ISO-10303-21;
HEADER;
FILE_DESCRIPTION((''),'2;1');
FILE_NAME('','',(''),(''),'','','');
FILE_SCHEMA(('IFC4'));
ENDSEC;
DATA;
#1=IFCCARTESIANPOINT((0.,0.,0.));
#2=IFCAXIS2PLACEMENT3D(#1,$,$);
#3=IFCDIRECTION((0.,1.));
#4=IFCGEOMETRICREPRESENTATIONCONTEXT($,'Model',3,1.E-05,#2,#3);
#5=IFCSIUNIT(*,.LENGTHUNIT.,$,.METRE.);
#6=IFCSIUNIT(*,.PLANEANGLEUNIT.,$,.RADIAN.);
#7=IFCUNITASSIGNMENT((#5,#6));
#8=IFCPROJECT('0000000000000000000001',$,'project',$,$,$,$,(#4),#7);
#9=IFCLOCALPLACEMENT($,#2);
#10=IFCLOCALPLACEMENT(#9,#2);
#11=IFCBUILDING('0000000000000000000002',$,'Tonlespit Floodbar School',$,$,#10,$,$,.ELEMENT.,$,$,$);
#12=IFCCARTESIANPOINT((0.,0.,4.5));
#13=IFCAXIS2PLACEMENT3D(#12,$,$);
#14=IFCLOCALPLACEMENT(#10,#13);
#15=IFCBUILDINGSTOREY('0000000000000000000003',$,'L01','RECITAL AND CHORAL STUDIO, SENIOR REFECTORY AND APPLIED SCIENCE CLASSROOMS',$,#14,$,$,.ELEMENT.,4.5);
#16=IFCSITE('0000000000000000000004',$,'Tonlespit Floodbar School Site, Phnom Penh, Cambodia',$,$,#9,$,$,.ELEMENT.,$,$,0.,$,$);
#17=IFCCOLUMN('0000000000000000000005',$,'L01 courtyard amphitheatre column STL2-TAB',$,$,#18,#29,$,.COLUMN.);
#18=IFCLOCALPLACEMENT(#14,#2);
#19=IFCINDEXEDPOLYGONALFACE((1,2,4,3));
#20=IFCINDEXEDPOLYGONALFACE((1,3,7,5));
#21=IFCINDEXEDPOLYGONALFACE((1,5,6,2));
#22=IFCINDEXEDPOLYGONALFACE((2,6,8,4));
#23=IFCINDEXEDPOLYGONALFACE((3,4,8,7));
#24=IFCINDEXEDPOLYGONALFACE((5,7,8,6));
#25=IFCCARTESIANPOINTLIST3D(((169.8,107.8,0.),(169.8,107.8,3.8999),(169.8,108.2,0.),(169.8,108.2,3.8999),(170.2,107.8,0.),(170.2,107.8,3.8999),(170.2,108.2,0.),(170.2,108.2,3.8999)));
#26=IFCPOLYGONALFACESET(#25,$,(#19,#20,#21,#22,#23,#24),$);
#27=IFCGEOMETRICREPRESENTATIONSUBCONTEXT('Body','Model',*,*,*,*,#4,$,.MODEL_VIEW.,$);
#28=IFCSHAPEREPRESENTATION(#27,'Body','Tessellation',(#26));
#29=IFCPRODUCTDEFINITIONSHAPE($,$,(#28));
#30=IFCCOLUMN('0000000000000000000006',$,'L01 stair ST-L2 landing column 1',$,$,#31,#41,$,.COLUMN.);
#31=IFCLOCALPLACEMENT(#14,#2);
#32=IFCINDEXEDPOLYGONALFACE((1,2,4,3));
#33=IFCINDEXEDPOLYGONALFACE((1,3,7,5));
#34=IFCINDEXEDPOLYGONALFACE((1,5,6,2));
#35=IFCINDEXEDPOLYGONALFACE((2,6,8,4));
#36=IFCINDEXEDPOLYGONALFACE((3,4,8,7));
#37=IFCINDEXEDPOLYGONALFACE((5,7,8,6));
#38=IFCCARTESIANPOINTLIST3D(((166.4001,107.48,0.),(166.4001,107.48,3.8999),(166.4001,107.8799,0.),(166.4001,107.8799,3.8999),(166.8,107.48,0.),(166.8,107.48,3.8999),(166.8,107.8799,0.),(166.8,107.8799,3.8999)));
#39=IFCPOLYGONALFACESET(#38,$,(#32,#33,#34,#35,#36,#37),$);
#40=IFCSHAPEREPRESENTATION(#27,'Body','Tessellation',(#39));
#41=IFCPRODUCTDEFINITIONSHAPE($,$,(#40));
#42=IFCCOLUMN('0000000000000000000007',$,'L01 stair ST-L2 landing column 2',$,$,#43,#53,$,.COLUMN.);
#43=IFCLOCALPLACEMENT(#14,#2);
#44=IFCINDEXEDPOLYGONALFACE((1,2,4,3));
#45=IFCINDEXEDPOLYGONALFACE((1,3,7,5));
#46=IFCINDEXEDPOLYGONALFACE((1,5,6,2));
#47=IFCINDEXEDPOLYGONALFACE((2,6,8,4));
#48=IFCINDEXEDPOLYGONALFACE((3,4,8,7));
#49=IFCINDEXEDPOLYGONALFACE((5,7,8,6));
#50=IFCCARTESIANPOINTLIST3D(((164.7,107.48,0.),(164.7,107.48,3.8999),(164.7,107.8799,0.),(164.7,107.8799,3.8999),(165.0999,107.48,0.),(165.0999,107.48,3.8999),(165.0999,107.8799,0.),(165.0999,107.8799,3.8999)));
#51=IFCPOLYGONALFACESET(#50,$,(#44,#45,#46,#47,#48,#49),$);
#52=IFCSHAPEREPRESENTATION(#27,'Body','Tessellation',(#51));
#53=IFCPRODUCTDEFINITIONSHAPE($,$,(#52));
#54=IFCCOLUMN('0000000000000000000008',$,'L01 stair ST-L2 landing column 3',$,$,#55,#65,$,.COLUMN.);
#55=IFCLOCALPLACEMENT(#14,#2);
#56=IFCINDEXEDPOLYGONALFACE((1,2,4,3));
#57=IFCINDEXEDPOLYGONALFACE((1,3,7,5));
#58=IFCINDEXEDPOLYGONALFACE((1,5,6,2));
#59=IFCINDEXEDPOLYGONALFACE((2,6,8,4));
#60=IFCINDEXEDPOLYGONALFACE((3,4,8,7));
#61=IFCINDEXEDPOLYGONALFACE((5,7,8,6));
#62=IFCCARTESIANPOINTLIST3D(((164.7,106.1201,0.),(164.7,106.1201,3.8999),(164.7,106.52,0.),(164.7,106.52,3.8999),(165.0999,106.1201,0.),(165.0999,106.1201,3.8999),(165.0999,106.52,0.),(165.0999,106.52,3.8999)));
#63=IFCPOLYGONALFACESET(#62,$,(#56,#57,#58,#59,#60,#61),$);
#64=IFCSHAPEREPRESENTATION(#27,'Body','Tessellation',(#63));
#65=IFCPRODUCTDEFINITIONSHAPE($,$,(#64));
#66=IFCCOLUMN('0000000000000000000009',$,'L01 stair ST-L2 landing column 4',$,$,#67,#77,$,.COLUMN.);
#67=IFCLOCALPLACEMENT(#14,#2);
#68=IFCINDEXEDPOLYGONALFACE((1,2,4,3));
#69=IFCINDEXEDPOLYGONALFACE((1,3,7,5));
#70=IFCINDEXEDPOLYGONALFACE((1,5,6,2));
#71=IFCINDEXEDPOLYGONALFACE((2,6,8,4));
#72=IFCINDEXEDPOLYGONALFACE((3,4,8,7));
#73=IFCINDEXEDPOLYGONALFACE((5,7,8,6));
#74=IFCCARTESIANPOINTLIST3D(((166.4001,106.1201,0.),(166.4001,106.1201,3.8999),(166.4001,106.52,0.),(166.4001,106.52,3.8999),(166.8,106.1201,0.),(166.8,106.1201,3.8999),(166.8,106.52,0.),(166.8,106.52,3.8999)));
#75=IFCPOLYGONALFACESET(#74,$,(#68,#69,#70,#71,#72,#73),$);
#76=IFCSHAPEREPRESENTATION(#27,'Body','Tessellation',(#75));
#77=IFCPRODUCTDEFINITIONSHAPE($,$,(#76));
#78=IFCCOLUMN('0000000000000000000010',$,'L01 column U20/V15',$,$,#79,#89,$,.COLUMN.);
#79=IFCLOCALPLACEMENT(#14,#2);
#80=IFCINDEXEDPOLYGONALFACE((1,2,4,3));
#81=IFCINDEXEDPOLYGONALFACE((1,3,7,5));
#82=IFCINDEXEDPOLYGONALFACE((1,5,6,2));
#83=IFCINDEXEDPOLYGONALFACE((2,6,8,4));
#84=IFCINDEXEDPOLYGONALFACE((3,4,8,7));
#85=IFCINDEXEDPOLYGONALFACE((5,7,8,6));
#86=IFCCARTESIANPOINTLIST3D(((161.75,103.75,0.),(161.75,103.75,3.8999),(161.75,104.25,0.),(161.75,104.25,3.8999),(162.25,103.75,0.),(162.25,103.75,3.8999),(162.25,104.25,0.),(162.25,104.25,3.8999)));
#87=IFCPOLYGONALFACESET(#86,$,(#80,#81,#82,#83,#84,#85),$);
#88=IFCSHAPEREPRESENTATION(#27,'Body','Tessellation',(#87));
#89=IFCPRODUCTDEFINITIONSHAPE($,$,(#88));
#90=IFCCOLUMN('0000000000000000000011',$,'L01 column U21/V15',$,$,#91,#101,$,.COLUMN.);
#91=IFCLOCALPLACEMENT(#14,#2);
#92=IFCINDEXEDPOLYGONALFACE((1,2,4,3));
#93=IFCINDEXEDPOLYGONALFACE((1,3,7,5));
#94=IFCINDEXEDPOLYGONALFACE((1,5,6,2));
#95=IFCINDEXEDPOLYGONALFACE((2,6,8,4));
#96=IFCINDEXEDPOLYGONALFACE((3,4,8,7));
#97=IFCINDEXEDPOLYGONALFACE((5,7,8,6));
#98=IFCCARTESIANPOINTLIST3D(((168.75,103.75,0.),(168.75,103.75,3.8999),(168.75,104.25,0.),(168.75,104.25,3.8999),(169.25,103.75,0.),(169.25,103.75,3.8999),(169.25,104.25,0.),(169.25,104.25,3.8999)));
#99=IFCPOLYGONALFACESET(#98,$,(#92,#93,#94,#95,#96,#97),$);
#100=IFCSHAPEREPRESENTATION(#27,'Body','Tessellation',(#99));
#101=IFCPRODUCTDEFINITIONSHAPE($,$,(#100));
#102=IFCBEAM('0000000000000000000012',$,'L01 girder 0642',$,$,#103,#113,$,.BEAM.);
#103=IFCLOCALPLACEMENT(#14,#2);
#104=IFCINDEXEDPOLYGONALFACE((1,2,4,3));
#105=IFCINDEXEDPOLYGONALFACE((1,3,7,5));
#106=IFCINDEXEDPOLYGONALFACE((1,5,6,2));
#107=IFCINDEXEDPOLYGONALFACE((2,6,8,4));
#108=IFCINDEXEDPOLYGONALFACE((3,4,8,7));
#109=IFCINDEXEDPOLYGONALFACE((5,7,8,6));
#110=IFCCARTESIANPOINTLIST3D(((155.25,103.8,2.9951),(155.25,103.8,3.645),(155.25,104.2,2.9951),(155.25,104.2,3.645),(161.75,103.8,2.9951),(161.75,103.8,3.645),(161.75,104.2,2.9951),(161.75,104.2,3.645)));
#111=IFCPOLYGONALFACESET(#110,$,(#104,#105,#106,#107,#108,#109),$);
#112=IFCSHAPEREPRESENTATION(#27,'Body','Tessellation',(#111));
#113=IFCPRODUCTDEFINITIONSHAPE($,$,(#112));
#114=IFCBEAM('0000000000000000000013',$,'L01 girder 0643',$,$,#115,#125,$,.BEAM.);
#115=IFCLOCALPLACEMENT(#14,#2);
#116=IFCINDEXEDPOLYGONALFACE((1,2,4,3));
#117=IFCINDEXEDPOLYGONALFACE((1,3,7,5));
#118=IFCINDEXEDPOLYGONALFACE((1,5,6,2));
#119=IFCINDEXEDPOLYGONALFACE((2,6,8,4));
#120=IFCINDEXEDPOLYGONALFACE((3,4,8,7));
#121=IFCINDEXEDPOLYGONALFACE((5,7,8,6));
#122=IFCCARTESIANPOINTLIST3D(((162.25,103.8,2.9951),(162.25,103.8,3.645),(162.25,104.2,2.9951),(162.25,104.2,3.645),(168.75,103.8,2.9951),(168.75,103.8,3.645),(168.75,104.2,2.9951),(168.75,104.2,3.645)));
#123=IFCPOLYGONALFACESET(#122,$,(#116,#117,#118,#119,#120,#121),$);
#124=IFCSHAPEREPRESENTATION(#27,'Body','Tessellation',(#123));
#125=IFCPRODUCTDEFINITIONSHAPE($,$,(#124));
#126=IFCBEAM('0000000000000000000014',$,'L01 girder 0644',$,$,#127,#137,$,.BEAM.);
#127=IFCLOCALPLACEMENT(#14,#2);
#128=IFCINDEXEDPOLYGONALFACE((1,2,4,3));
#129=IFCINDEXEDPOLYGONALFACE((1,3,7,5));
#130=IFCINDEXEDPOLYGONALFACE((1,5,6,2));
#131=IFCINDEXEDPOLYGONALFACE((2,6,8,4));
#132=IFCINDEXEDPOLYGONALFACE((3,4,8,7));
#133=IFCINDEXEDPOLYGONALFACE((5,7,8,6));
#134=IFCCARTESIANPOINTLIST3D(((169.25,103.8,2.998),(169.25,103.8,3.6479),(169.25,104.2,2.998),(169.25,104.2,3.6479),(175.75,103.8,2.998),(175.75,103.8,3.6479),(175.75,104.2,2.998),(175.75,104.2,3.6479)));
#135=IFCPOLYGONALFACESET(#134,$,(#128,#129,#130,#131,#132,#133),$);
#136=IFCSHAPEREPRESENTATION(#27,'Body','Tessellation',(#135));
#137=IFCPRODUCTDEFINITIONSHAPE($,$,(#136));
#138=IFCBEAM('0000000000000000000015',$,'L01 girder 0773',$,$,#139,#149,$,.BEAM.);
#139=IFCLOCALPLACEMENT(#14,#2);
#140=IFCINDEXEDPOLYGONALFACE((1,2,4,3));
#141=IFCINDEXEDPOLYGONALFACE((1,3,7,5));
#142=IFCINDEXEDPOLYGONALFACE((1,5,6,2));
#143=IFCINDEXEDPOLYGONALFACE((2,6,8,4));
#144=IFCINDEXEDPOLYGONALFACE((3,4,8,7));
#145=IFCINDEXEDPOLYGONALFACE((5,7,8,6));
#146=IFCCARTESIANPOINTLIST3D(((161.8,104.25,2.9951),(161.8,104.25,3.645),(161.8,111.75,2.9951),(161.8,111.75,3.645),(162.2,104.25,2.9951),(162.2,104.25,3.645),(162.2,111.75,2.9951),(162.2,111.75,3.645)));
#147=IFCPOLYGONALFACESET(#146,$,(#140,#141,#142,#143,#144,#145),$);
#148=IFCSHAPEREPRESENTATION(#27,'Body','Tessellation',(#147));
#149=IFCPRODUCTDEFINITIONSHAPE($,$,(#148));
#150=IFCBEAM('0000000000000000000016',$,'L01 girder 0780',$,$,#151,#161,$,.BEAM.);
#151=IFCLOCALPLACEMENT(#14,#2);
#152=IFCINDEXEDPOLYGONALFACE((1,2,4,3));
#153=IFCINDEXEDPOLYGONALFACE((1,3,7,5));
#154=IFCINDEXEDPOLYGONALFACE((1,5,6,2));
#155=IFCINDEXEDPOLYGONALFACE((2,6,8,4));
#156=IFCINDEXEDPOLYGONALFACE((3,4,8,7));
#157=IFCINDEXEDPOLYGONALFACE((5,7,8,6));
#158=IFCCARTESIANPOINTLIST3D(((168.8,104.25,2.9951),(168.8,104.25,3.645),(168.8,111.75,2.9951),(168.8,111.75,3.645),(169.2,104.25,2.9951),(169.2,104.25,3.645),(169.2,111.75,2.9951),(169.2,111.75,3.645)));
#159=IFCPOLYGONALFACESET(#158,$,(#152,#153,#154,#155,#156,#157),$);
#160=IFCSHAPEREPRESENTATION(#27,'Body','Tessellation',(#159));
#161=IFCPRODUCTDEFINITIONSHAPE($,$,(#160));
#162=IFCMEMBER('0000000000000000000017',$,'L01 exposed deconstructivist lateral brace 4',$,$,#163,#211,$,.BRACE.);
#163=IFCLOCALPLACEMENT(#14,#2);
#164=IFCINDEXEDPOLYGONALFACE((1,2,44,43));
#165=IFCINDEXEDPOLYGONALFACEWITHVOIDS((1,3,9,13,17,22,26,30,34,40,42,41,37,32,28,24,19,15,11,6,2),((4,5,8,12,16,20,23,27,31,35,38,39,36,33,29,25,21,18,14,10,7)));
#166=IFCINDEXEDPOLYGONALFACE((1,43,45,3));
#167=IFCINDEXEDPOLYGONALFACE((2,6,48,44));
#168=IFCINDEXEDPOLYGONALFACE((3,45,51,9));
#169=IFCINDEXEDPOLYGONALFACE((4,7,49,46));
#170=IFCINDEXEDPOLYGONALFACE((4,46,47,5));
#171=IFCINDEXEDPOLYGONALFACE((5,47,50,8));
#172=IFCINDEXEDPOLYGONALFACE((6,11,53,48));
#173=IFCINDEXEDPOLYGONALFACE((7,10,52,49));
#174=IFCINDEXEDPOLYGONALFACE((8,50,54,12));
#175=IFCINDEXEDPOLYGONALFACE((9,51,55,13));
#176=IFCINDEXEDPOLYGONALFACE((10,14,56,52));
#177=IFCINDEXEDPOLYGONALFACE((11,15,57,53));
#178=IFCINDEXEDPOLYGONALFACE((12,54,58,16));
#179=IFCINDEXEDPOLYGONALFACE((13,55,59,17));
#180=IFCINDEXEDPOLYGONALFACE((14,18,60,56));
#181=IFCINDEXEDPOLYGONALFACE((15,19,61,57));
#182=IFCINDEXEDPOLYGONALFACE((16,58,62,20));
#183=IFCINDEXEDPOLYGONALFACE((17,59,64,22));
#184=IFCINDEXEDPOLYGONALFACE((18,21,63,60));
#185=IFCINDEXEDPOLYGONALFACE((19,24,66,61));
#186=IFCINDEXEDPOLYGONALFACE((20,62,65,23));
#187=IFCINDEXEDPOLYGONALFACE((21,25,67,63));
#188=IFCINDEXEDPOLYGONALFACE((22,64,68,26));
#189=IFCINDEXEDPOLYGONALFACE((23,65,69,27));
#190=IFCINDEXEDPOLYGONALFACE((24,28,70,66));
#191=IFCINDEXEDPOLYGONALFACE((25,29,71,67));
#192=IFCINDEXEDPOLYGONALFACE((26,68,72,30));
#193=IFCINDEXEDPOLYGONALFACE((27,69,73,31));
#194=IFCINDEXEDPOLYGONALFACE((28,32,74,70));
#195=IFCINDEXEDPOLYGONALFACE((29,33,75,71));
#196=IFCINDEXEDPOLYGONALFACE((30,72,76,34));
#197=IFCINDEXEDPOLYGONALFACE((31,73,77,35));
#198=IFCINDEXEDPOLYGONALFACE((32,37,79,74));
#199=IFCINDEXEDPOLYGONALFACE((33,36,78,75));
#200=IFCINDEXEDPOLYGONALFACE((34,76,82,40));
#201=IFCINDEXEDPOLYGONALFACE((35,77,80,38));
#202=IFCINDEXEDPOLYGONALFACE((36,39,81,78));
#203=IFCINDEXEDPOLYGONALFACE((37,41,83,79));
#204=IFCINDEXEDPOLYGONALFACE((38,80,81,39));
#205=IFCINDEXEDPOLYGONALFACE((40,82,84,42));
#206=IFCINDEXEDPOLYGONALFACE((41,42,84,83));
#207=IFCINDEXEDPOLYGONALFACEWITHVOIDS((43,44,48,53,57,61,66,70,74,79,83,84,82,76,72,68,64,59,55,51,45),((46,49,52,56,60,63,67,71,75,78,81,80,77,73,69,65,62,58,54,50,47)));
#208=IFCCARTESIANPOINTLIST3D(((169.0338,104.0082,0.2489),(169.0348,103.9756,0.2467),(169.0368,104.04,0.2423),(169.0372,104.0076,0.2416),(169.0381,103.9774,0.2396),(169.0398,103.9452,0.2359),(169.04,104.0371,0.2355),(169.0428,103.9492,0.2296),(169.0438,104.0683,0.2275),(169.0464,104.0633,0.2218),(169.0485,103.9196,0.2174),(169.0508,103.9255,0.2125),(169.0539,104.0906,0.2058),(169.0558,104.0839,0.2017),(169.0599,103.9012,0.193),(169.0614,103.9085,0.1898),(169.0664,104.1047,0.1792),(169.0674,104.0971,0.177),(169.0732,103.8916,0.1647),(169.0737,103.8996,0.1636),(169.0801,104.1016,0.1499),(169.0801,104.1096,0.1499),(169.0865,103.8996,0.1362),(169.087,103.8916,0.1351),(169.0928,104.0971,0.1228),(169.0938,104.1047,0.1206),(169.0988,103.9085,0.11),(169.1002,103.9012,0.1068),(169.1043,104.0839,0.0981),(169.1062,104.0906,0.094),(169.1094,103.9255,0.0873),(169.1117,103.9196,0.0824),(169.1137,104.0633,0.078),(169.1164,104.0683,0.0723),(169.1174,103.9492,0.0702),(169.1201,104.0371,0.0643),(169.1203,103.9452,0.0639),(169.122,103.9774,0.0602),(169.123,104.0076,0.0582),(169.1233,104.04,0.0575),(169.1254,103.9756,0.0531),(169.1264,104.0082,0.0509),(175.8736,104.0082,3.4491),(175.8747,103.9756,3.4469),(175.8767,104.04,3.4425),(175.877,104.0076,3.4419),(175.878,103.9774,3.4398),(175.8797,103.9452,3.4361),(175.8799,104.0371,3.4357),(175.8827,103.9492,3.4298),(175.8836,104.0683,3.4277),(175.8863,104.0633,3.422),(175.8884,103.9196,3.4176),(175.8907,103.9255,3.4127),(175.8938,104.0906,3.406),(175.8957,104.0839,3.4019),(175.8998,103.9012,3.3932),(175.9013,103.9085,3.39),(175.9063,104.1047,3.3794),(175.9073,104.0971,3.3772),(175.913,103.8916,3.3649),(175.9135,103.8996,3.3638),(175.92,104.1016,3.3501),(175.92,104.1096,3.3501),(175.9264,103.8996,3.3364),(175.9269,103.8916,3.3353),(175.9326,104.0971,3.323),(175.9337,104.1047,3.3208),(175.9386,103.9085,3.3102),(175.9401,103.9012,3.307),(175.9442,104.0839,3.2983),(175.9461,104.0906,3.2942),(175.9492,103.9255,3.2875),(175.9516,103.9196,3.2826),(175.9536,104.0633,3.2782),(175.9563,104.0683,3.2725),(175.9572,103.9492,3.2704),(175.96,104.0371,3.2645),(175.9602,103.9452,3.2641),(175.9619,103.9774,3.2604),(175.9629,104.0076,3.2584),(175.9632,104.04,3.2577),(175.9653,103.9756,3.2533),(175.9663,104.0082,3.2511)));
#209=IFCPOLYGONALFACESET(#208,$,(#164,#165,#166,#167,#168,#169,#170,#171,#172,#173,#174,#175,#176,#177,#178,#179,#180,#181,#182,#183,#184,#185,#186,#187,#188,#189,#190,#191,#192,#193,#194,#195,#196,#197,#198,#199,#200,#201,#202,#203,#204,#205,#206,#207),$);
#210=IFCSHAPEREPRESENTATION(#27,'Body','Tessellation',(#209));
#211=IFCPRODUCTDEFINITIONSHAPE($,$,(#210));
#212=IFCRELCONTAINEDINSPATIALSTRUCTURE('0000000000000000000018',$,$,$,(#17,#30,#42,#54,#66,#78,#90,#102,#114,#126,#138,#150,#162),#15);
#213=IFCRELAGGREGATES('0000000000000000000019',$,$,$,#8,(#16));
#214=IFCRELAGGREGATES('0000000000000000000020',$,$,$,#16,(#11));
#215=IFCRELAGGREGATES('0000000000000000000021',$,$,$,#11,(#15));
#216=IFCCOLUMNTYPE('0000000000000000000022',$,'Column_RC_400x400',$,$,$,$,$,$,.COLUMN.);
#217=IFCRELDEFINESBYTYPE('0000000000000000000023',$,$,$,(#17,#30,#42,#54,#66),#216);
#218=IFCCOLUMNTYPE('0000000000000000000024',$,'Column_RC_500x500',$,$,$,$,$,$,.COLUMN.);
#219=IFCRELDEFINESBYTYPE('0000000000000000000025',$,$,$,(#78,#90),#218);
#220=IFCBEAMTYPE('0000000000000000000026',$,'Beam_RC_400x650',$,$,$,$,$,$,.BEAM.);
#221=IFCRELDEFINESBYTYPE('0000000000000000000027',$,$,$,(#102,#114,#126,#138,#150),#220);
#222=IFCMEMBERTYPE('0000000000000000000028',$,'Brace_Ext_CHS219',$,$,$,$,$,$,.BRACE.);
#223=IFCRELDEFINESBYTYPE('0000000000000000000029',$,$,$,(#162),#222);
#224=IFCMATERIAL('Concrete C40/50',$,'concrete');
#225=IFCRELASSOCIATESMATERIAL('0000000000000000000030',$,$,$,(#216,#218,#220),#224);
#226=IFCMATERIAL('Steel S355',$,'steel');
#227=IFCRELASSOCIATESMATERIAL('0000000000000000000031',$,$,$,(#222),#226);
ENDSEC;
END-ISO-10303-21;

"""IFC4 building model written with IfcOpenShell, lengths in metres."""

from ifc_helpers import new_model, si_unit, direction, frame, origin, origin_2d, place, context, subcontext, project, spatial, rectangle, hollow_circle, extrude, material, material_profile, profile_set, type_object, element, save


model = new_model("IFC4")

# Units and contexts
model_context = context("Model", 3, precision=1e-05, world=origin(), true_north=direction((0.0, 1.0)))
body_context = subcontext(model_context, "Body", "Model", "MODEL_VIEW")
ifc_project = project(units=[si_unit("LENGTHUNIT", "METRE"), si_unit("PLANEANGLEUNIT", "RADIAN")], contexts=[model_context])

# Site, building, storey
site_placement = place(None, origin())
site = spatial("IfcSite", under=ifc_project, at=site_placement, Name="Tonlespit Floodbar School Site, Phnom Penh, Cambodia", CompositionType="ELEMENT", RefElevation=0.0)
building_placement = place(site_placement, origin())
building = spatial("IfcBuilding", under=site, at=building_placement, Name="Tonlespit Floodbar School", CompositionType="ELEMENT")
storey_placement = place(building_placement, frame((0.0, 0.0, 4.5)))
storey = spatial("IfcBuildingStorey", under=building, at=storey_placement, Name="L01", Description="RECITAL AND CHORAL STUDIO, SENIOR REFECTORY AND APPLIED SCIENCE CLASSROOMS", CompositionType="ELEMENT", Elevation=4.5)

# Columns
ifc_material_1 = material(Name="Concrete C40/50", Category="concrete")
ifc_material_profile_1 = material_profile(ifc_material_1, rectangle(XDim=0.3999, YDim=0.3999, at=origin_2d()), Name="RC 400x400")
ifc_profile_set_1 = profile_set([ifc_material_profile_1], Name="Concrete C40/50")
column_type_1 = type_object("IfcColumnType", Name="Column_RC_400x400", PredefinedType="COLUMN", material=ifc_profile_set_1)
for number, where, z_axis, x_axis, name in (
    (1, (170.0, 108.0, 0.0), (0.0, 0.0, 1.0), (1.0, 0.0, 0.0), "L01 courtyard amphitheatre column STL2-TAB"),
    (2, (166.6001, 107.6799, 0.0), (0.0, 0.0, 1.0), (1.0, 0.0, 0.0), "L01 stair ST-L2 landing column 1"),
    (3, (164.8999, 107.6799, 0.0), (0.0, 0.0, 1.0), (1.0, 0.0, 0.0), "L01 stair ST-L2 landing column 2"),
    (4, (164.8999, 106.3201, 0.0), (0.0, 0.0, 1.0), (1.0, 0.0, 0.0), "L01 stair ST-L2 landing column 3"),
    (5, (166.6001, 106.3201, 0.0), (0.0, 0.0, 1.0), (1.0, 0.0, 0.0), "L01 stair ST-L2 landing column 4"),
):
    element("IfcColumn", number, at=place(storey_placement, frame(where, z_axis=z_axis, x_axis=x_axis)), inside=storey, type_object=column_type_1, Name=name, PredefinedType="COLUMN", context=body_context, shape_type="SweptSolid", body=[
        extrude(rectangle(XDim=0.3999, YDim=0.3999, at=origin_2d()), origin(), (0.0, 0.0, 1.0), 3.8999),
    ])
ifc_material_profile_2 = material_profile(ifc_material_1, rectangle(XDim=0.5, YDim=0.5, at=origin_2d()), Name="RC 500x500")
ifc_profile_set_2 = profile_set([ifc_material_profile_2], Name="Concrete C40/50")
column_type_2 = type_object("IfcColumnType", Name="Column_RC_500x500", PredefinedType="COLUMN", material=ifc_profile_set_2)
for number, where, z_axis, x_axis, name in (
    (6, (162.0, 104.0, 0.0), (0.0, 0.0, 1.0), (1.0, 0.0, 0.0), "L01 column U20/V15"),
    (7, (169.0, 104.0, 0.0), (0.0, 0.0, 1.0), (1.0, 0.0, 0.0), "L01 column U21/V15"),
):
    element("IfcColumn", number, at=place(storey_placement, frame(where, z_axis=z_axis, x_axis=x_axis)), inside=storey, type_object=column_type_2, Name=name, PredefinedType="COLUMN", context=body_context, shape_type="SweptSolid", body=[
        extrude(rectangle(XDim=0.5, YDim=0.5, at=origin_2d()), origin(), (0.0, 0.0, 1.0), 3.8999),
    ])

# Beams
ifc_material_profile_3 = material_profile(ifc_material_1, rectangle(XDim=0.3999, YDim=0.6499, at=origin_2d()), Name="RC 400x650")
ifc_profile_set_3 = profile_set([ifc_material_profile_3], Name="Concrete C40/50")
beam_type_1 = type_object("IfcBeamType", Name="Beam_RC_400x650", PredefinedType="BEAM", material=ifc_profile_set_3)
for number, where, z_axis, x_axis, name in (
    (8, (155.25, 104.0, 3.3201), (1.0, 0.0, 0.0), (0.0, 1.0, 0.0), "L01 girder 0642"),
    (9, (162.25, 104.0, 3.3201), (1.0, 0.0, 0.0), (0.0, 1.0, 0.0), "L01 girder 0643"),
    (10, (169.25, 104.0, 3.323), (1.0, 0.0, 0.0), (0.0, 1.0, 0.0), "L01 girder 0644"),
):
    element("IfcBeam", number, at=place(storey_placement, frame(where, z_axis=z_axis, x_axis=x_axis)), inside=storey, type_object=beam_type_1, Name=name, PredefinedType="BEAM", context=body_context, shape_type="SweptSolid", body=[
        extrude(rectangle(XDim=0.3999, YDim=0.6499, at=origin_2d()), origin(), (0.0, 0.0, 1.0), 6.5),
    ])
for number, where, z_axis, x_axis, name in (
    (11, (162.0, 104.25, 3.3201), (0.0, 1.0, 0.0), (-1.0, 0.0, 0.0), "L01 girder 0773"),
    (12, (169.0, 104.25, 3.3201), (0.0, 1.0, 0.0), (-1.0, 0.0, 0.0), "L01 girder 0780"),
):
    element("IfcBeam", number, at=place(storey_placement, frame(where, z_axis=z_axis, x_axis=x_axis)), inside=storey, type_object=beam_type_1, Name=name, PredefinedType="BEAM", context=body_context, shape_type="SweptSolid", body=[
        extrude(rectangle(XDim=0.3999, YDim=0.6499, at=origin_2d()), origin(), (0.0, 0.0, 1.0), 7.5),
    ])

# Member
ifc_material_2 = material(Name="Steel S355", Category="steel")
ifc_material_profile_4 = material_profile(ifc_material_2, hollow_circle(Radius=0.1096, WallThickness=0.0081, at=origin_2d()), Name="CHS 219.1x8")
ifc_profile_set_4 = profile_set([ifc_material_profile_4], Name="Steel S355")
member_type = type_object("IfcMemberType", Name="Brace_Ext_CHS219", PredefinedType="BRACE", material=ifc_profile_set_4)
member_placement = place(storey_placement, frame((169.0801, 104.0, 0.1499), z_axis=(0.905763, 0.0, 0.423784), x_axis=(0.0, 1.0, 0.0)))
element("IfcMember", 13, at=member_placement, inside=storey, type_object=member_type, Name="L01 exposed deconstructivist lateral brace 4", PredefinedType="BRACE", context=body_context, shape_type="SweptSolid", body=[
    extrude(hollow_circle(Radius=0.1096, WallThickness=0.0081, at=origin_2d()), origin(), (0.0, 0.0, 1.0), 7.5515),
])

save(model, "model.ifc")
